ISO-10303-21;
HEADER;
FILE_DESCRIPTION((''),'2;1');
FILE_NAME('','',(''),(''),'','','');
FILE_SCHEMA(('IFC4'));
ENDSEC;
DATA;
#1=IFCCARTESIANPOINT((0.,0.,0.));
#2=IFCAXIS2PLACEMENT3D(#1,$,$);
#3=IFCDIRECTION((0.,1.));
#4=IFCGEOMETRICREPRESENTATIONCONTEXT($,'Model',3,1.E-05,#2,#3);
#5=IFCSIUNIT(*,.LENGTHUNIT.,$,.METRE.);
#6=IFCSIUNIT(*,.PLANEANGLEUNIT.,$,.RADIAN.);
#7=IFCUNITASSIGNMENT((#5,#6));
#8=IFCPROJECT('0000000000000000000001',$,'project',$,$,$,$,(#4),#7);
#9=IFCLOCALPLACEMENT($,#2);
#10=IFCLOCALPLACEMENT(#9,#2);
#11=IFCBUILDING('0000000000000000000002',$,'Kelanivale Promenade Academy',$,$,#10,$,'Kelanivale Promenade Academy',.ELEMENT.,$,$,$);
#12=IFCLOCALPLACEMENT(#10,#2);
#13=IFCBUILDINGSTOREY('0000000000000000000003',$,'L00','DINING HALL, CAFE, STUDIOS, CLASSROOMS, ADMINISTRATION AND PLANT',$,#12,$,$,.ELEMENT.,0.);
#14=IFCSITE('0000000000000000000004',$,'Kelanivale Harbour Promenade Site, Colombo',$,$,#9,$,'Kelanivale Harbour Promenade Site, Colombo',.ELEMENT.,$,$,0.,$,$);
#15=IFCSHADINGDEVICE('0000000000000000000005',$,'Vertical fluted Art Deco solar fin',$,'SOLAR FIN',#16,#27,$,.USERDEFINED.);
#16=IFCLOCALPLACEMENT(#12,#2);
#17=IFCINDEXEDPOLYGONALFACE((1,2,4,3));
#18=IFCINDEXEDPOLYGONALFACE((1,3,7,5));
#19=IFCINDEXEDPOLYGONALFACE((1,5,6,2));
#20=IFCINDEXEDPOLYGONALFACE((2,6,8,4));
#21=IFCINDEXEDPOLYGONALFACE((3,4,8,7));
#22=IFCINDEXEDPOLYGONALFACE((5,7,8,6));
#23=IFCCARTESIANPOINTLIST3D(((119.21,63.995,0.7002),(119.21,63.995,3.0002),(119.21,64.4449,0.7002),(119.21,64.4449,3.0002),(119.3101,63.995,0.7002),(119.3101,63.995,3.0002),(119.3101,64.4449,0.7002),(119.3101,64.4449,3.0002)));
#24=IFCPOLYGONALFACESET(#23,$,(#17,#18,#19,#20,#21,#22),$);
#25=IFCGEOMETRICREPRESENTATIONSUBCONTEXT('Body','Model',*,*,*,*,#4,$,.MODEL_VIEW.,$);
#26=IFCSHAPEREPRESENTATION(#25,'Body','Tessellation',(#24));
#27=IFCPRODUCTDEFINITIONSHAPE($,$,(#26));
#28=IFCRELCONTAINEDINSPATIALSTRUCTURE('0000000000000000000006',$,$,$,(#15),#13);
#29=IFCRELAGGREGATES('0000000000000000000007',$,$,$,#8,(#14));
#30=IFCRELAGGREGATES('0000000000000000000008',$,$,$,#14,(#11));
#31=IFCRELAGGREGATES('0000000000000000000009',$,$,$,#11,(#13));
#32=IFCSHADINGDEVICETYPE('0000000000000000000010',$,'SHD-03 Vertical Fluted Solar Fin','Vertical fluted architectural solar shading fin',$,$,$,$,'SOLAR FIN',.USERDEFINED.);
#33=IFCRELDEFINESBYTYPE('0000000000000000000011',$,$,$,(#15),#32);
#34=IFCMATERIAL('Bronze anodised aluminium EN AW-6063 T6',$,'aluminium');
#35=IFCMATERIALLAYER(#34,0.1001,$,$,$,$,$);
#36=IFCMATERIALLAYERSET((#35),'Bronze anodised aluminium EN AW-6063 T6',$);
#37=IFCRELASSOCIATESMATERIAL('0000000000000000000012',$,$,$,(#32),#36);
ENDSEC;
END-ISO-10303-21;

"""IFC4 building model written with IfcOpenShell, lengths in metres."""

from ifc_helpers import new_model, si_unit, direction, frame, origin, origin_2d, place, context, subcontext, project, spatial, rectangle, extrude, material, layer, layer_set, type_object, element, save


model = new_model("IFC4")

# Units and contexts
model_context = context("Model", 3, precision=1e-05, world=origin(), true_north=direction((0.0, 1.0)))
body_context = subcontext(model_context, "Body", "Model", "MODEL_VIEW")
ifc_project = project(units=[si_unit("LENGTHUNIT", "METRE"), si_unit("PLANEANGLEUNIT", "RADIAN")], contexts=[model_context])

# Site, building, storey
site_placement = place(None, origin())
site = spatial("IfcSite", under=ifc_project, at=site_placement, Name="Kelanivale Harbour Promenade Site, Colombo", LongName="Kelanivale Harbour Promenade Site, Colombo", CompositionType="ELEMENT", RefElevation=0.0)
building_placement = place(site_placement, origin())
building = spatial("IfcBuilding", under=site, at=building_placement, Name="Kelanivale Promenade Academy", LongName="Kelanivale Promenade Academy", CompositionType="ELEMENT")
storey_placement = place(building_placement, origin())
storey = spatial("IfcBuildingStorey", under=building, at=storey_placement, Name="L00", Description="DINING HALL, CAFE, STUDIOS, CLASSROOMS, ADMINISTRATION AND PLANT", CompositionType="ELEMENT", Elevation=0.0)

# Shading device
ifc_material_1 = material(Name="Bronze anodised aluminium EN AW-6063 T6", Category="aluminium")
ifc_layer_1 = layer(ifc_material_1, 0.1001)
ifc_layer_set_1 = layer_set([ifc_layer_1], Name="Bronze anodised aluminium EN AW-6063 T6")
shading_device_type_1 = type_object("IfcShadingDeviceType", Name="SHD-03 Vertical Fluted Solar Fin", Description="Vertical fluted architectural solar shading fin", ElementType="SOLAR FIN", PredefinedType="USERDEFINED", material=ifc_layer_set_1)
shading_device_1_placement = place(storey_placement, frame((119.26, 64.22, 0.7002), z_axis=(0.0, 0.0, 1.0), x_axis=(-1.0, 0.0, 0.0)))
element("IfcShadingDevice", 1, at=shading_device_1_placement, inside=storey, type_object=shading_device_type_1, Name="Vertical fluted Art Deco solar fin", ObjectType="SOLAR FIN", PredefinedType="USERDEFINED", context=body_context, shape_type="SweptSolid", body=[
    extrude(rectangle(XDim=0.1001, YDim=0.45, at=origin_2d()), origin(), (0.0, 0.0, 1.0), 2.3),
])

save(model, "model.ifc")
